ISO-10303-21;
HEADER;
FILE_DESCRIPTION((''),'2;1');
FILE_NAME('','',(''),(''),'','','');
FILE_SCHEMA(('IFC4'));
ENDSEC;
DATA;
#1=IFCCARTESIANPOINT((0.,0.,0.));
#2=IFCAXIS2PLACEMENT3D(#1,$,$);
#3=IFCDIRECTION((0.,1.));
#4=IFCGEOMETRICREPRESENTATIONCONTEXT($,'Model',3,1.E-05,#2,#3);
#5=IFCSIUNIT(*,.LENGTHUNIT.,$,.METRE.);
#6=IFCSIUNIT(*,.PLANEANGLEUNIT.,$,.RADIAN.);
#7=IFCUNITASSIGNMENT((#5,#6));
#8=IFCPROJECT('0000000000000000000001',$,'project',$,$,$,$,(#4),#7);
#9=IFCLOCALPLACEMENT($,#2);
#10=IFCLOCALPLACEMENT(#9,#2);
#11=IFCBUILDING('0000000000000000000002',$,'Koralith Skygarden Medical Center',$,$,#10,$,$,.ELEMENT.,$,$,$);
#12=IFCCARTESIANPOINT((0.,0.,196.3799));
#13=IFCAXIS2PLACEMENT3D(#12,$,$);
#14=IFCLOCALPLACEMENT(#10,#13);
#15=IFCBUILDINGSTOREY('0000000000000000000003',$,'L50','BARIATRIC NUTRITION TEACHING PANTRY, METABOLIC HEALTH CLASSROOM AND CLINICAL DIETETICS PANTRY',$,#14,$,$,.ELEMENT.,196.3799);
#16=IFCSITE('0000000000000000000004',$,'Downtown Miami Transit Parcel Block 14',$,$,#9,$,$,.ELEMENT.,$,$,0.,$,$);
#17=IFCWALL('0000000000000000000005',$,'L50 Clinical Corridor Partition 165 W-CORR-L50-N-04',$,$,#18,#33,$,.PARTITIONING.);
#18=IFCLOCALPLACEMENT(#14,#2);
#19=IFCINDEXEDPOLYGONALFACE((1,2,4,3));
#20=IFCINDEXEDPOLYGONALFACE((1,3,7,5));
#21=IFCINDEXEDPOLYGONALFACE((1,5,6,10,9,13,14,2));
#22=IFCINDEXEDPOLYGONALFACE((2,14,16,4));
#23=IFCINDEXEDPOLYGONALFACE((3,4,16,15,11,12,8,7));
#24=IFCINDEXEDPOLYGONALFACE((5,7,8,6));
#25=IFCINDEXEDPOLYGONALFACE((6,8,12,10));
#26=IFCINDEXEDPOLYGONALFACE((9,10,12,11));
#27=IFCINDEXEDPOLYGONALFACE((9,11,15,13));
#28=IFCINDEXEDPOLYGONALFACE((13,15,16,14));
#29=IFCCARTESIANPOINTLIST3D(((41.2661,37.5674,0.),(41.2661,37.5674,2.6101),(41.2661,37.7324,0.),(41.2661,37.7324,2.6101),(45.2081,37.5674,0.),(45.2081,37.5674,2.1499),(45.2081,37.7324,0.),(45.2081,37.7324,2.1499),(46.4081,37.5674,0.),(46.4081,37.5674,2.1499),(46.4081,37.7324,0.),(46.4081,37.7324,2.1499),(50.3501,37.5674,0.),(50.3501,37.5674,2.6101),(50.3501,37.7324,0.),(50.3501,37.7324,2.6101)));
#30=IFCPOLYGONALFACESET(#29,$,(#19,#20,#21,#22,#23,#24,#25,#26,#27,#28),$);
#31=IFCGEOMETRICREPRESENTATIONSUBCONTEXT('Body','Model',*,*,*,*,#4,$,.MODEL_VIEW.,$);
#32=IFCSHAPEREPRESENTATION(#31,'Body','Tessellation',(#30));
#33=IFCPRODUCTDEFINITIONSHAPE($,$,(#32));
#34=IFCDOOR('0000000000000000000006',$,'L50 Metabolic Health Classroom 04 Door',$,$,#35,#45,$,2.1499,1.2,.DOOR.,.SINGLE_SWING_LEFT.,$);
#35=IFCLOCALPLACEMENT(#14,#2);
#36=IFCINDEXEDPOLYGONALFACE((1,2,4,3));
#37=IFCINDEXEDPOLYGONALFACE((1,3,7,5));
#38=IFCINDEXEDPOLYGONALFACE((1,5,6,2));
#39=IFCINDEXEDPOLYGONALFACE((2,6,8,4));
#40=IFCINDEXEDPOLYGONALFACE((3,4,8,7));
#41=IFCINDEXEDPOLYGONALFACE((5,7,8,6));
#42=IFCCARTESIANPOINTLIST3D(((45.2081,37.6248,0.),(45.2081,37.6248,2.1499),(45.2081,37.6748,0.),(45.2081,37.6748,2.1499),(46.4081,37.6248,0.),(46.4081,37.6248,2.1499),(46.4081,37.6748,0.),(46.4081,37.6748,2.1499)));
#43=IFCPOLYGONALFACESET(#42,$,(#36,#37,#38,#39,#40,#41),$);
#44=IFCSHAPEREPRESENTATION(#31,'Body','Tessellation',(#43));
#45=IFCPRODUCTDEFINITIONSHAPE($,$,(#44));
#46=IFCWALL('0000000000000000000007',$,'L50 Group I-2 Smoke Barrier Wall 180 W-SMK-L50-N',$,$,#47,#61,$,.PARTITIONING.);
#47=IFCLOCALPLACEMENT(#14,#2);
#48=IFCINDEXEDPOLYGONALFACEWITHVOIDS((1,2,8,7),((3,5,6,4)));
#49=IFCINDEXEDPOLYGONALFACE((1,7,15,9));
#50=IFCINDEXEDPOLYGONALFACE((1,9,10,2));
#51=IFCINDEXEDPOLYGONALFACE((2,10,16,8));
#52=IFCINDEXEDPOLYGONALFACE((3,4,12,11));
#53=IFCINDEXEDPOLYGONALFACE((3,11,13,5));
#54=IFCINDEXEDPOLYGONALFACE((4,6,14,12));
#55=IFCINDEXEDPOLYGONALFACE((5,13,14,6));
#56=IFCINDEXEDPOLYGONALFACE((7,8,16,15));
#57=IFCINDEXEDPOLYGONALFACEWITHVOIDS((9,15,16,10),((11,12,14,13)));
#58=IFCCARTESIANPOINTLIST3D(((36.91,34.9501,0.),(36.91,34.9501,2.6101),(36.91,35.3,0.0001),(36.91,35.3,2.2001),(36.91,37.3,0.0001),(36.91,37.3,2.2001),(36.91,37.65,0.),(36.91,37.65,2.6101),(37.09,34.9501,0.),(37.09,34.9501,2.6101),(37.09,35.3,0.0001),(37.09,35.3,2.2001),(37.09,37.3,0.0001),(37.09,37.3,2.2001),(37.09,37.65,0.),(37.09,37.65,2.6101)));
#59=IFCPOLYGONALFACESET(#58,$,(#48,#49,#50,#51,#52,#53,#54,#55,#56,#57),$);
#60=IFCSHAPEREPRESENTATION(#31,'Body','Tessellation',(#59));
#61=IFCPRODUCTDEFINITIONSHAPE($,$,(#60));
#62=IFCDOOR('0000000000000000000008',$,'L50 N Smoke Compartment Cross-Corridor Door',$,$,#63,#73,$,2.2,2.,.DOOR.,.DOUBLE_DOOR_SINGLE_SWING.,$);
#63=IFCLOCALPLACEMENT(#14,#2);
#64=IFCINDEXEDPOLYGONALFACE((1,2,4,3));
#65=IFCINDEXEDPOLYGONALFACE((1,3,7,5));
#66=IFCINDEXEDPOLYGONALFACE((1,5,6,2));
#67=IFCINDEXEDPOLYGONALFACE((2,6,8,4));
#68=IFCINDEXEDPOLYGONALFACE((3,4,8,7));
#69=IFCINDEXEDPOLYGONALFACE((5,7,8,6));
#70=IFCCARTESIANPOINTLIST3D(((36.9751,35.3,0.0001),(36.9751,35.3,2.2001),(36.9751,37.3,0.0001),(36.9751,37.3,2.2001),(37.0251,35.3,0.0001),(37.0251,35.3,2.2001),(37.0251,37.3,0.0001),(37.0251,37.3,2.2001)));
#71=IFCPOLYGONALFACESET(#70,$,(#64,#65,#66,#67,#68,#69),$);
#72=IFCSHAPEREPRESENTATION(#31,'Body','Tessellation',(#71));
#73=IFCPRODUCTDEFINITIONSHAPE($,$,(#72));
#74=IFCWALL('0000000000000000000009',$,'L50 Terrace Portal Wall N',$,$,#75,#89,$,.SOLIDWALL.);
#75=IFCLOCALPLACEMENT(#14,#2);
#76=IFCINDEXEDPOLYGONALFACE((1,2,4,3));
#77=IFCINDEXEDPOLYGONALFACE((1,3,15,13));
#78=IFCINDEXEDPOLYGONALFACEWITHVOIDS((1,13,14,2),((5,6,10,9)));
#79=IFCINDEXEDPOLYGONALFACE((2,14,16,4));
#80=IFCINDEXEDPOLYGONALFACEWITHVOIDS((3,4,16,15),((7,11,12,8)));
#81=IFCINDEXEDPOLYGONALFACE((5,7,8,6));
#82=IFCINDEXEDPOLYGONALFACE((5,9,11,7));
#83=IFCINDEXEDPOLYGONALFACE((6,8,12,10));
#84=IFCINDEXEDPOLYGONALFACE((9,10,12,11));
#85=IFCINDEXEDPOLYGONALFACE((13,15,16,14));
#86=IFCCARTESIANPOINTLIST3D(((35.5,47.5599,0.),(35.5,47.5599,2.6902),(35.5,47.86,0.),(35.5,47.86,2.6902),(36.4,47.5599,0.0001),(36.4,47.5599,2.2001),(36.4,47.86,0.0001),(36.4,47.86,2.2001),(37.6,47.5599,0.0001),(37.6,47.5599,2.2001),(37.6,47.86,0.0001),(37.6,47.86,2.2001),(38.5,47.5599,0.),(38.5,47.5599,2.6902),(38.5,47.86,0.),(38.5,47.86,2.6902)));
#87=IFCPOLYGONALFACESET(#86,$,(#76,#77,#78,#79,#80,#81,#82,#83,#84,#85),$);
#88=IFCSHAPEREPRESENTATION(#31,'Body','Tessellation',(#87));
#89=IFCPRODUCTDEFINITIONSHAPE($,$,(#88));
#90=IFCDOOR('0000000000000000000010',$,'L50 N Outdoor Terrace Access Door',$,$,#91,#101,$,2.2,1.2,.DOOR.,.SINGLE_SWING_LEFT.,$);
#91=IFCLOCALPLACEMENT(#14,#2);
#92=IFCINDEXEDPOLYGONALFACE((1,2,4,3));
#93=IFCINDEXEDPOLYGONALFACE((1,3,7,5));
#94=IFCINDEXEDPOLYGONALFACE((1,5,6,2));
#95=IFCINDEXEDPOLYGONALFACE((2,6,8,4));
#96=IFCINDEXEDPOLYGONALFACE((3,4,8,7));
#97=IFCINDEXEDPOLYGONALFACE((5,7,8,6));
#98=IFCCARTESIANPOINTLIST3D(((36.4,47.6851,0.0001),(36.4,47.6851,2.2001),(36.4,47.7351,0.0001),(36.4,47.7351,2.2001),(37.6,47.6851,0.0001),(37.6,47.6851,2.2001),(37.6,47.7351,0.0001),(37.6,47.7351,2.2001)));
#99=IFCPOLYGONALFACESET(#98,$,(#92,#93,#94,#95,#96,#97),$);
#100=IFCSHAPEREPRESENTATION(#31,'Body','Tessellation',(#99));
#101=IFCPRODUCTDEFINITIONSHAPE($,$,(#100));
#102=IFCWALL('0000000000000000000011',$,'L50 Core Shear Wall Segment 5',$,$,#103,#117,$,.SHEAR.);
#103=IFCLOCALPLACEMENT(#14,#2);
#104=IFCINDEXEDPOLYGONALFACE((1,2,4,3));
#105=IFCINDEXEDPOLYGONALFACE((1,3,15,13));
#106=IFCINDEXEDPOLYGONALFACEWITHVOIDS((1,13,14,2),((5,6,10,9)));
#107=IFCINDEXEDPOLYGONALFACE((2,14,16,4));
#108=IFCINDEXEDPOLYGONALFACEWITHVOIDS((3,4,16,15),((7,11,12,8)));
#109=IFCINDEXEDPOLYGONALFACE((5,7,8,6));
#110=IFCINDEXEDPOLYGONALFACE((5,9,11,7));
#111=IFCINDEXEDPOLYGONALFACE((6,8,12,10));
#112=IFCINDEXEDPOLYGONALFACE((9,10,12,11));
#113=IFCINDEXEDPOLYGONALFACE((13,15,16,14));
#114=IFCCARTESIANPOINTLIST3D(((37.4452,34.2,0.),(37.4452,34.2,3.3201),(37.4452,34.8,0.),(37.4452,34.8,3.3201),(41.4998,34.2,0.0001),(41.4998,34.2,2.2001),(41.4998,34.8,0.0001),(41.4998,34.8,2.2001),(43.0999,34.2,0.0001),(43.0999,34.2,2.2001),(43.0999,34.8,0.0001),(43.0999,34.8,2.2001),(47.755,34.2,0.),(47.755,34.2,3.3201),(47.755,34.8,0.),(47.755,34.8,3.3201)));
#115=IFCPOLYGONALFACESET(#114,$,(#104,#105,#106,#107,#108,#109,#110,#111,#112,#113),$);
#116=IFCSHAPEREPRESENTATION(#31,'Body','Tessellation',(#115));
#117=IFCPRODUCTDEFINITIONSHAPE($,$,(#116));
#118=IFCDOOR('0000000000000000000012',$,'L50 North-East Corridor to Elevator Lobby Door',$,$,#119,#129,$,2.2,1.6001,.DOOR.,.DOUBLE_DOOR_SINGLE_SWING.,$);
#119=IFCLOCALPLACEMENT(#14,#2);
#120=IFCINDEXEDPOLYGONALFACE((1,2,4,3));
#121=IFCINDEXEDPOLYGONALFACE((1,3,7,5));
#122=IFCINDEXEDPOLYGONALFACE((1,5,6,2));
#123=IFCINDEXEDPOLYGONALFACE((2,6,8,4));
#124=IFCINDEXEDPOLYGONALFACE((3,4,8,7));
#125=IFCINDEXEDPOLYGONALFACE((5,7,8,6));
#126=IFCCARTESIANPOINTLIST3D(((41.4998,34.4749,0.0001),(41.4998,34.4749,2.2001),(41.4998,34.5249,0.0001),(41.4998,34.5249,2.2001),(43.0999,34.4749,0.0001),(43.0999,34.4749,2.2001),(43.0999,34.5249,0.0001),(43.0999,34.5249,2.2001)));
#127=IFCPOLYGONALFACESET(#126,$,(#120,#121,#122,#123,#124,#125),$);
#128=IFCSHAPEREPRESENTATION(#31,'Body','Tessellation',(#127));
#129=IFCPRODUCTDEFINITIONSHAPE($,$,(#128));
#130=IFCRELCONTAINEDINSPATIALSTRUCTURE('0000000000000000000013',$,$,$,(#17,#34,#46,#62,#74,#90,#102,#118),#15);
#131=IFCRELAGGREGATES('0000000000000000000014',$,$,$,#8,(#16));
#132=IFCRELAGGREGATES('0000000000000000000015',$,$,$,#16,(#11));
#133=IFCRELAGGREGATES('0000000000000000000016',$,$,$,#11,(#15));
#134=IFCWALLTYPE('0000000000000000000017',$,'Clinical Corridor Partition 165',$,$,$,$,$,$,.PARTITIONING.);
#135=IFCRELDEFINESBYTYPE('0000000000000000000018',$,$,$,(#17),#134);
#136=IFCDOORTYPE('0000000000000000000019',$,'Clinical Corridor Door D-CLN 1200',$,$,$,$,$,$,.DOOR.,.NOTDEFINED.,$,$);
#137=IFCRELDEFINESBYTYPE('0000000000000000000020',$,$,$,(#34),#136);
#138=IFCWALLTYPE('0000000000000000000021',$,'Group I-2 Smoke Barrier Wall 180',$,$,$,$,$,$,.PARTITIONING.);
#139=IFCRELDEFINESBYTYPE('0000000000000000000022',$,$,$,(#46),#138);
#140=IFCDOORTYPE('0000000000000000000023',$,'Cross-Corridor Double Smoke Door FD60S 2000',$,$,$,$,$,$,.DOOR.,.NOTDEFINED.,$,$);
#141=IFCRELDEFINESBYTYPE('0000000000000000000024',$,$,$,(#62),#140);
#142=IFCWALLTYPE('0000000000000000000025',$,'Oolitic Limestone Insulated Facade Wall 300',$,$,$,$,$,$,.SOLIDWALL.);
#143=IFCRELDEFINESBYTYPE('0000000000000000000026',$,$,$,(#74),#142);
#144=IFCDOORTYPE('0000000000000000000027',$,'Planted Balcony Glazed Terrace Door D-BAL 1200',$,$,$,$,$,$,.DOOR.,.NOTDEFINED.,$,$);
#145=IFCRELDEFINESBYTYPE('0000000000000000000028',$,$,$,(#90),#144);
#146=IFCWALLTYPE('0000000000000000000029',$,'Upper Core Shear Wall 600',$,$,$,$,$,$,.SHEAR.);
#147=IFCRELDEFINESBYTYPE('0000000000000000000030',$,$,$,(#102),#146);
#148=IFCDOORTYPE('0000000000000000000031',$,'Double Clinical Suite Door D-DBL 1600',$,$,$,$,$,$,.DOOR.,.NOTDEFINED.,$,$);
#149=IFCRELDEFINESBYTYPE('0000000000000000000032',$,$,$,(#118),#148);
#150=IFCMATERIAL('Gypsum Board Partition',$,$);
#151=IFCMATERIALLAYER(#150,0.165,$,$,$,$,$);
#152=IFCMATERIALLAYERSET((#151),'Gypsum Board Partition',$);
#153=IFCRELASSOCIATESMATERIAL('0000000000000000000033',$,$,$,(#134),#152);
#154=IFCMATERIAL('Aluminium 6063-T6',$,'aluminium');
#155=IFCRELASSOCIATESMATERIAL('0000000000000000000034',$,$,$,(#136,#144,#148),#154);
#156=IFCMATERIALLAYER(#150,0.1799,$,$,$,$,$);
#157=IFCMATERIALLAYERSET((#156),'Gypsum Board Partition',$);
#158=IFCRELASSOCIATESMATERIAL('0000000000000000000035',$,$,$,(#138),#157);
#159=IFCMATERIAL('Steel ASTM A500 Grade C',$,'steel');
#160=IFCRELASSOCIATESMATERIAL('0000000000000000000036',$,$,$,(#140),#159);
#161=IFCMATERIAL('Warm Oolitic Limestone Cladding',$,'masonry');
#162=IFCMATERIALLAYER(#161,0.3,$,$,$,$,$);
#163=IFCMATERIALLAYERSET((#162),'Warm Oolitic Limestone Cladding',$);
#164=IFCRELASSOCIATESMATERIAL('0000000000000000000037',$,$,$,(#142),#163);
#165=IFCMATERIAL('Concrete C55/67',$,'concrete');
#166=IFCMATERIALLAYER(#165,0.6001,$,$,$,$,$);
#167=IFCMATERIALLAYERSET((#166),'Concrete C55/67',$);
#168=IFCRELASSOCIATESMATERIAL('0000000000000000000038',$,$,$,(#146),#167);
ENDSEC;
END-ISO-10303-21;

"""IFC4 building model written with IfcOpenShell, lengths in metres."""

from ifc_helpers import new_model, si_unit, direction, frame, frame_2d, origin, place, context, subcontext, project, spatial, rectangle, extrude, material, layer, layer_set, type_object, element, fill, save


model = new_model("IFC4")

# Units and contexts
model_context = context("Model", 3, precision=1e-05, world=origin(), true_north=direction((0.0, 1.0)))
body_context = subcontext(model_context, "Body", "Model", "MODEL_VIEW")
ifc_project = project(units=[si_unit("LENGTHUNIT", "METRE"), si_unit("PLANEANGLEUNIT", "RADIAN")], contexts=[model_context])

# Site, building, storey
site_placement = place(None, origin())
site = spatial("IfcSite", under=ifc_project, at=site_placement, Name="Downtown Miami Transit Parcel Block 14", CompositionType="ELEMENT", RefElevation=0.0)
building_placement = place(site_placement, origin())
building = spatial("IfcBuilding", under=site, at=building_placement, Name="Koralith Skygarden Medical Center", CompositionType="ELEMENT")
storey_placement = place(building_placement, frame((0.0, 0.0, 196.3799)))
storey = spatial("IfcBuildingStorey", under=building, at=storey_placement, Name="L50", Description="BARIATRIC NUTRITION TEACHING PANTRY, METABOLIC HEALTH CLASSROOM AND CLINICAL DIETETICS PANTRY", CompositionType="ELEMENT", Elevation=196.3799)

# Shared definitions
ifc_material_1 = material(Name="Concrete C55/67", Category="concrete")

# Shared definitions
ifc_material_2 = material(Name="Aluminium 6063-T6", Category="aluminium")

# Shared definitions
ifc_material_3 = material(Name="Gypsum Board Partition")

# Walls, openings, doors
ifc_layer_1 = layer(ifc_material_3, 0.165)
ifc_layer_set_1 = layer_set([ifc_layer_1], Name="Gypsum Board Partition")
wall_type_1 = type_object("IfcWallType", Name="Clinical Corridor Partition 165", PredefinedType="PARTITIONING", material=ifc_layer_set_1)
wall_1_placement = place(storey_placement, frame((41.2661, 37.6499, 0.0), z_axis=(0.0, 0.0, 1.0), x_axis=(1.0, 0.0, 0.0)))
wall_1 = element("IfcWall", 1, at=wall_1_placement, inside=storey, type_object=wall_type_1, Name="L50 Clinical Corridor Partition 165 W-CORR-L50-N-04", PredefinedType="PARTITIONING", context=body_context, shape_type="SweptSolid", body=[
    extrude(rectangle(XDim=9.084, YDim=0.165, at=frame_2d((4.542, 0.0))), origin(), (0.0, 0.0, 1.0), 2.6101),
])
opening_1_placement = place(wall_1_placement, frame((3.9419, 0.0, 0.0)))
opening_1 = element("IfcOpeningElement", 2, at=opening_1_placement, cuts=wall_1, PredefinedType="OPENING", context=body_context, shape_type="SweptSolid", body=[
    extrude(rectangle(XDim=1.2, YDim=2.1499, at=frame_2d((0.6001, 1.075))), frame((0.0, 0.0925, 0.0), z_axis=(0.0, -1.0, 0.0), x_axis=(1.0, 0.0, 0.0)), (0.0, 0.0, 1.0), 0.1851),
])
door_type_1 = type_object("IfcDoorType", Name="Clinical Corridor Door D-CLN 1200", OperationType="NOTDEFINED", PredefinedType="DOOR", material=ifc_material_2)
door_1_placement = place(opening_1_placement, origin())
door_1 = element("IfcDoor", 3, at=door_1_placement, inside=storey, type_object=door_type_1, Name="L50 Metabolic Health Classroom 04 Door", OperationType="SINGLE_SWING_LEFT", OverallHeight=2.1499, OverallWidth=1.2, PredefinedType="DOOR", context=body_context, shape_type="SweptSolid", body=[
    extrude(rectangle(XDim=1.2, YDim=2.1499, at=frame_2d((0.6001, 1.075))), frame((0.0, 0.0249, 0.0), z_axis=(0.0, -1.0, 0.0), x_axis=(1.0, 0.0, 0.0)), (0.0, 0.0, 1.0), 0.05),
])
fill(opening_1, door_1)
ifc_layer_2 = layer(ifc_material_3, 0.1799)
ifc_layer_set_2 = layer_set([ifc_layer_2], Name="Gypsum Board Partition")
wall_type_2 = type_object("IfcWallType", Name="Group I-2 Smoke Barrier Wall 180", PredefinedType="PARTITIONING", material=ifc_layer_set_2)
wall_2_placement = place(storey_placement, frame((37.0, 34.95, 0.0), z_axis=(0.0, 0.0, 1.0), x_axis=(0.0, 1.0, 0.0)))
wall_2 = element("IfcWall", 4, at=wall_2_placement, inside=storey, type_object=wall_type_2, Name="L50 Group I-2 Smoke Barrier Wall 180 W-SMK-L50-N", PredefinedType="PARTITIONING", context=body_context, shape_type="SweptSolid", body=[
    extrude(rectangle(XDim=2.7, YDim=0.1799, at=frame_2d((1.3501, 0.0))), origin(), (0.0, 0.0, 1.0), 2.6101),
])
opening_2_placement = place(wall_2_placement, frame((0.3501, 0.0, 0.0)))
opening_2 = element("IfcOpeningElement", 5, at=opening_2_placement, cuts=wall_2, PredefinedType="OPENING", context=body_context, shape_type="SweptSolid", body=[
    extrude(rectangle(XDim=2.0, YDim=2.2, at=frame_2d((1.0, 1.1001))), frame((0.0, 0.0999, 0.0), z_axis=(0.0, -1.0, 0.0), x_axis=(1.0, 0.0, 0.0)), (0.0, 0.0, 1.0), 0.2),
])
ifc_material_4 = material(Name="Steel ASTM A500 Grade C", Category="steel")
door_type_2 = type_object("IfcDoorType", Name="Cross-Corridor Double Smoke Door FD60S 2000", OperationType="NOTDEFINED", PredefinedType="DOOR", material=ifc_material_4)
door_2_placement = place(opening_2_placement, origin())
door_2 = element("IfcDoor", 6, at=door_2_placement, inside=storey, type_object=door_type_2, Name="L50 N Smoke Compartment Cross-Corridor Door", OperationType="DOUBLE_DOOR_SINGLE_SWING", OverallHeight=2.2, OverallWidth=2.0, PredefinedType="DOOR", context=body_context, shape_type="SweptSolid", body=[
    extrude(rectangle(XDim=2.0, YDim=2.2, at=frame_2d((1.0, 1.1001))), frame((0.0, 0.0249, 0.0), z_axis=(0.0, -1.0, 0.0), x_axis=(1.0, 0.0, 0.0)), (0.0, 0.0, 1.0), 0.05),
])
fill(opening_2, door_2)
ifc_material_5 = material(Name="Warm Oolitic Limestone Cladding", Category="masonry")
ifc_layer_3 = layer(ifc_material_5, 0.3)
ifc_layer_set_3 = layer_set([ifc_layer_3], Name="Warm Oolitic Limestone Cladding")
wall_type_3 = type_object("IfcWallType", Name="Oolitic Limestone Insulated Facade Wall 300", PredefinedType="SOLIDWALL", material=ifc_layer_set_3)
wall_3_placement = place(storey_placement, frame((38.5, 47.71, 0.0), z_axis=(0.0, 0.0, 1.0), x_axis=(-1.0, 0.0, 0.0)))
wall_3 = element("IfcWall", 7, at=wall_3_placement, inside=storey, type_object=wall_type_3, Name="L50 Terrace Portal Wall N", PredefinedType="SOLIDWALL", context=body_context, shape_type="SweptSolid", body=[
    extrude(rectangle(XDim=3.0, YDim=0.3, at=frame_2d((1.5, 0.0))), origin(), (0.0, 0.0, 1.0), 2.6902),
])
opening_3_placement = place(wall_3_placement, frame((0.8999, 0.0, 0.0)))
opening_3 = element("IfcOpeningElement", 8, at=opening_3_placement, cuts=wall_3, PredefinedType="OPENING", context=body_context, shape_type="SweptSolid", body=[
    extrude(rectangle(XDim=1.2, YDim=2.2, at=frame_2d((0.6001, 1.1001))), frame((0.0, 0.1599, 0.0), z_axis=(0.0, -1.0, 0.0), x_axis=(1.0, 0.0, 0.0)), (0.0, 0.0, 1.0), 0.3201),
])
door_type_3 = type_object("IfcDoorType", Name="Planted Balcony Glazed Terrace Door D-BAL 1200", OperationType="NOTDEFINED", PredefinedType="DOOR", material=ifc_material_2)
door_3_placement = place(opening_3_placement, origin())
door_3 = element("IfcDoor", 9, at=door_3_placement, inside=storey, type_object=door_type_3, Name="L50 N Outdoor Terrace Access Door", OperationType="SINGLE_SWING_LEFT", OverallHeight=2.2, OverallWidth=1.2, PredefinedType="DOOR", context=body_context, shape_type="SweptSolid", body=[
    extrude(rectangle(XDim=1.2, YDim=2.2, at=frame_2d((0.6001, 1.1001))), frame((0.0, 0.0249, 0.0), z_axis=(0.0, -1.0, 0.0), x_axis=(1.0, 0.0, 0.0)), (0.0, 0.0, 1.0), 0.05),
])
fill(opening_3, door_3)
ifc_layer_4 = layer(ifc_material_1, 0.6001)
ifc_layer_set_4 = layer_set([ifc_layer_4], Name="Concrete C55/67")
wall_type_4 = type_object("IfcWallType", Name="Upper Core Shear Wall 600", PredefinedType="SHEAR", material=ifc_layer_set_4)
wall_4_placement = place(storey_placement, frame((47.7549, 34.5, 0.0), z_axis=(0.0, 0.0, 1.0), x_axis=(-1.0, 0.0, 0.0)))
wall_4 = element("IfcWall", 10, at=wall_4_placement, inside=storey, type_object=wall_type_4, Name="L50 Core Shear Wall Segment 5", PredefinedType="SHEAR", context=body_context, shape_type="SweptSolid", body=[
    extrude(rectangle(XDim=10.3098, YDim=0.6001, at=frame_2d((5.1548, 0.0))), origin(), (0.0, 0.0, 1.0), 3.3201),
])
opening_4_placement = place(wall_4_placement, frame((4.655, 0.0, 0.0)))
opening_4 = element("IfcOpeningElement", 11, at=opening_4_placement, cuts=wall_4, PredefinedType="OPENING", context=body_context, shape_type="SweptSolid", body=[
    extrude(rectangle(XDim=1.6001, YDim=2.2, at=frame_2d((0.8, 1.1001))), frame((0.0, 0.3101, 0.0), z_axis=(0.0, -1.0, 0.0), x_axis=(1.0, 0.0, 0.0)), (0.0, 0.0, 1.0), 0.6201),
])
door_type_4 = type_object("IfcDoorType", Name="Double Clinical Suite Door D-DBL 1600", OperationType="NOTDEFINED", PredefinedType="DOOR", material=ifc_material_2)
door_4_placement = place(opening_4_placement, frame((1.6001, 0.0, 0.0), z_axis=(0.0, 0.0, 1.0), x_axis=(-1.0, 0.0, 0.0)))
door_4 = element("IfcDoor", 12, at=door_4_placement, inside=storey, type_object=door_type_4, Name="L50 North-East Corridor to Elevator Lobby Door", OperationType="DOUBLE_DOOR_SINGLE_SWING", OverallHeight=2.2, OverallWidth=1.6001, PredefinedType="DOOR", context=body_context, shape_type="SweptSolid", body=[
    extrude(rectangle(XDim=1.6001, YDim=2.2, at=frame_2d((0.8, 1.1001))), frame((0.0, 0.0249, 0.0), z_axis=(0.0, -1.0, 0.0), x_axis=(1.0, 0.0, 0.0)), (0.0, 0.0, 1.0), 0.05),
])
fill(opening_4, door_4)

save(model, "model.ifc")
